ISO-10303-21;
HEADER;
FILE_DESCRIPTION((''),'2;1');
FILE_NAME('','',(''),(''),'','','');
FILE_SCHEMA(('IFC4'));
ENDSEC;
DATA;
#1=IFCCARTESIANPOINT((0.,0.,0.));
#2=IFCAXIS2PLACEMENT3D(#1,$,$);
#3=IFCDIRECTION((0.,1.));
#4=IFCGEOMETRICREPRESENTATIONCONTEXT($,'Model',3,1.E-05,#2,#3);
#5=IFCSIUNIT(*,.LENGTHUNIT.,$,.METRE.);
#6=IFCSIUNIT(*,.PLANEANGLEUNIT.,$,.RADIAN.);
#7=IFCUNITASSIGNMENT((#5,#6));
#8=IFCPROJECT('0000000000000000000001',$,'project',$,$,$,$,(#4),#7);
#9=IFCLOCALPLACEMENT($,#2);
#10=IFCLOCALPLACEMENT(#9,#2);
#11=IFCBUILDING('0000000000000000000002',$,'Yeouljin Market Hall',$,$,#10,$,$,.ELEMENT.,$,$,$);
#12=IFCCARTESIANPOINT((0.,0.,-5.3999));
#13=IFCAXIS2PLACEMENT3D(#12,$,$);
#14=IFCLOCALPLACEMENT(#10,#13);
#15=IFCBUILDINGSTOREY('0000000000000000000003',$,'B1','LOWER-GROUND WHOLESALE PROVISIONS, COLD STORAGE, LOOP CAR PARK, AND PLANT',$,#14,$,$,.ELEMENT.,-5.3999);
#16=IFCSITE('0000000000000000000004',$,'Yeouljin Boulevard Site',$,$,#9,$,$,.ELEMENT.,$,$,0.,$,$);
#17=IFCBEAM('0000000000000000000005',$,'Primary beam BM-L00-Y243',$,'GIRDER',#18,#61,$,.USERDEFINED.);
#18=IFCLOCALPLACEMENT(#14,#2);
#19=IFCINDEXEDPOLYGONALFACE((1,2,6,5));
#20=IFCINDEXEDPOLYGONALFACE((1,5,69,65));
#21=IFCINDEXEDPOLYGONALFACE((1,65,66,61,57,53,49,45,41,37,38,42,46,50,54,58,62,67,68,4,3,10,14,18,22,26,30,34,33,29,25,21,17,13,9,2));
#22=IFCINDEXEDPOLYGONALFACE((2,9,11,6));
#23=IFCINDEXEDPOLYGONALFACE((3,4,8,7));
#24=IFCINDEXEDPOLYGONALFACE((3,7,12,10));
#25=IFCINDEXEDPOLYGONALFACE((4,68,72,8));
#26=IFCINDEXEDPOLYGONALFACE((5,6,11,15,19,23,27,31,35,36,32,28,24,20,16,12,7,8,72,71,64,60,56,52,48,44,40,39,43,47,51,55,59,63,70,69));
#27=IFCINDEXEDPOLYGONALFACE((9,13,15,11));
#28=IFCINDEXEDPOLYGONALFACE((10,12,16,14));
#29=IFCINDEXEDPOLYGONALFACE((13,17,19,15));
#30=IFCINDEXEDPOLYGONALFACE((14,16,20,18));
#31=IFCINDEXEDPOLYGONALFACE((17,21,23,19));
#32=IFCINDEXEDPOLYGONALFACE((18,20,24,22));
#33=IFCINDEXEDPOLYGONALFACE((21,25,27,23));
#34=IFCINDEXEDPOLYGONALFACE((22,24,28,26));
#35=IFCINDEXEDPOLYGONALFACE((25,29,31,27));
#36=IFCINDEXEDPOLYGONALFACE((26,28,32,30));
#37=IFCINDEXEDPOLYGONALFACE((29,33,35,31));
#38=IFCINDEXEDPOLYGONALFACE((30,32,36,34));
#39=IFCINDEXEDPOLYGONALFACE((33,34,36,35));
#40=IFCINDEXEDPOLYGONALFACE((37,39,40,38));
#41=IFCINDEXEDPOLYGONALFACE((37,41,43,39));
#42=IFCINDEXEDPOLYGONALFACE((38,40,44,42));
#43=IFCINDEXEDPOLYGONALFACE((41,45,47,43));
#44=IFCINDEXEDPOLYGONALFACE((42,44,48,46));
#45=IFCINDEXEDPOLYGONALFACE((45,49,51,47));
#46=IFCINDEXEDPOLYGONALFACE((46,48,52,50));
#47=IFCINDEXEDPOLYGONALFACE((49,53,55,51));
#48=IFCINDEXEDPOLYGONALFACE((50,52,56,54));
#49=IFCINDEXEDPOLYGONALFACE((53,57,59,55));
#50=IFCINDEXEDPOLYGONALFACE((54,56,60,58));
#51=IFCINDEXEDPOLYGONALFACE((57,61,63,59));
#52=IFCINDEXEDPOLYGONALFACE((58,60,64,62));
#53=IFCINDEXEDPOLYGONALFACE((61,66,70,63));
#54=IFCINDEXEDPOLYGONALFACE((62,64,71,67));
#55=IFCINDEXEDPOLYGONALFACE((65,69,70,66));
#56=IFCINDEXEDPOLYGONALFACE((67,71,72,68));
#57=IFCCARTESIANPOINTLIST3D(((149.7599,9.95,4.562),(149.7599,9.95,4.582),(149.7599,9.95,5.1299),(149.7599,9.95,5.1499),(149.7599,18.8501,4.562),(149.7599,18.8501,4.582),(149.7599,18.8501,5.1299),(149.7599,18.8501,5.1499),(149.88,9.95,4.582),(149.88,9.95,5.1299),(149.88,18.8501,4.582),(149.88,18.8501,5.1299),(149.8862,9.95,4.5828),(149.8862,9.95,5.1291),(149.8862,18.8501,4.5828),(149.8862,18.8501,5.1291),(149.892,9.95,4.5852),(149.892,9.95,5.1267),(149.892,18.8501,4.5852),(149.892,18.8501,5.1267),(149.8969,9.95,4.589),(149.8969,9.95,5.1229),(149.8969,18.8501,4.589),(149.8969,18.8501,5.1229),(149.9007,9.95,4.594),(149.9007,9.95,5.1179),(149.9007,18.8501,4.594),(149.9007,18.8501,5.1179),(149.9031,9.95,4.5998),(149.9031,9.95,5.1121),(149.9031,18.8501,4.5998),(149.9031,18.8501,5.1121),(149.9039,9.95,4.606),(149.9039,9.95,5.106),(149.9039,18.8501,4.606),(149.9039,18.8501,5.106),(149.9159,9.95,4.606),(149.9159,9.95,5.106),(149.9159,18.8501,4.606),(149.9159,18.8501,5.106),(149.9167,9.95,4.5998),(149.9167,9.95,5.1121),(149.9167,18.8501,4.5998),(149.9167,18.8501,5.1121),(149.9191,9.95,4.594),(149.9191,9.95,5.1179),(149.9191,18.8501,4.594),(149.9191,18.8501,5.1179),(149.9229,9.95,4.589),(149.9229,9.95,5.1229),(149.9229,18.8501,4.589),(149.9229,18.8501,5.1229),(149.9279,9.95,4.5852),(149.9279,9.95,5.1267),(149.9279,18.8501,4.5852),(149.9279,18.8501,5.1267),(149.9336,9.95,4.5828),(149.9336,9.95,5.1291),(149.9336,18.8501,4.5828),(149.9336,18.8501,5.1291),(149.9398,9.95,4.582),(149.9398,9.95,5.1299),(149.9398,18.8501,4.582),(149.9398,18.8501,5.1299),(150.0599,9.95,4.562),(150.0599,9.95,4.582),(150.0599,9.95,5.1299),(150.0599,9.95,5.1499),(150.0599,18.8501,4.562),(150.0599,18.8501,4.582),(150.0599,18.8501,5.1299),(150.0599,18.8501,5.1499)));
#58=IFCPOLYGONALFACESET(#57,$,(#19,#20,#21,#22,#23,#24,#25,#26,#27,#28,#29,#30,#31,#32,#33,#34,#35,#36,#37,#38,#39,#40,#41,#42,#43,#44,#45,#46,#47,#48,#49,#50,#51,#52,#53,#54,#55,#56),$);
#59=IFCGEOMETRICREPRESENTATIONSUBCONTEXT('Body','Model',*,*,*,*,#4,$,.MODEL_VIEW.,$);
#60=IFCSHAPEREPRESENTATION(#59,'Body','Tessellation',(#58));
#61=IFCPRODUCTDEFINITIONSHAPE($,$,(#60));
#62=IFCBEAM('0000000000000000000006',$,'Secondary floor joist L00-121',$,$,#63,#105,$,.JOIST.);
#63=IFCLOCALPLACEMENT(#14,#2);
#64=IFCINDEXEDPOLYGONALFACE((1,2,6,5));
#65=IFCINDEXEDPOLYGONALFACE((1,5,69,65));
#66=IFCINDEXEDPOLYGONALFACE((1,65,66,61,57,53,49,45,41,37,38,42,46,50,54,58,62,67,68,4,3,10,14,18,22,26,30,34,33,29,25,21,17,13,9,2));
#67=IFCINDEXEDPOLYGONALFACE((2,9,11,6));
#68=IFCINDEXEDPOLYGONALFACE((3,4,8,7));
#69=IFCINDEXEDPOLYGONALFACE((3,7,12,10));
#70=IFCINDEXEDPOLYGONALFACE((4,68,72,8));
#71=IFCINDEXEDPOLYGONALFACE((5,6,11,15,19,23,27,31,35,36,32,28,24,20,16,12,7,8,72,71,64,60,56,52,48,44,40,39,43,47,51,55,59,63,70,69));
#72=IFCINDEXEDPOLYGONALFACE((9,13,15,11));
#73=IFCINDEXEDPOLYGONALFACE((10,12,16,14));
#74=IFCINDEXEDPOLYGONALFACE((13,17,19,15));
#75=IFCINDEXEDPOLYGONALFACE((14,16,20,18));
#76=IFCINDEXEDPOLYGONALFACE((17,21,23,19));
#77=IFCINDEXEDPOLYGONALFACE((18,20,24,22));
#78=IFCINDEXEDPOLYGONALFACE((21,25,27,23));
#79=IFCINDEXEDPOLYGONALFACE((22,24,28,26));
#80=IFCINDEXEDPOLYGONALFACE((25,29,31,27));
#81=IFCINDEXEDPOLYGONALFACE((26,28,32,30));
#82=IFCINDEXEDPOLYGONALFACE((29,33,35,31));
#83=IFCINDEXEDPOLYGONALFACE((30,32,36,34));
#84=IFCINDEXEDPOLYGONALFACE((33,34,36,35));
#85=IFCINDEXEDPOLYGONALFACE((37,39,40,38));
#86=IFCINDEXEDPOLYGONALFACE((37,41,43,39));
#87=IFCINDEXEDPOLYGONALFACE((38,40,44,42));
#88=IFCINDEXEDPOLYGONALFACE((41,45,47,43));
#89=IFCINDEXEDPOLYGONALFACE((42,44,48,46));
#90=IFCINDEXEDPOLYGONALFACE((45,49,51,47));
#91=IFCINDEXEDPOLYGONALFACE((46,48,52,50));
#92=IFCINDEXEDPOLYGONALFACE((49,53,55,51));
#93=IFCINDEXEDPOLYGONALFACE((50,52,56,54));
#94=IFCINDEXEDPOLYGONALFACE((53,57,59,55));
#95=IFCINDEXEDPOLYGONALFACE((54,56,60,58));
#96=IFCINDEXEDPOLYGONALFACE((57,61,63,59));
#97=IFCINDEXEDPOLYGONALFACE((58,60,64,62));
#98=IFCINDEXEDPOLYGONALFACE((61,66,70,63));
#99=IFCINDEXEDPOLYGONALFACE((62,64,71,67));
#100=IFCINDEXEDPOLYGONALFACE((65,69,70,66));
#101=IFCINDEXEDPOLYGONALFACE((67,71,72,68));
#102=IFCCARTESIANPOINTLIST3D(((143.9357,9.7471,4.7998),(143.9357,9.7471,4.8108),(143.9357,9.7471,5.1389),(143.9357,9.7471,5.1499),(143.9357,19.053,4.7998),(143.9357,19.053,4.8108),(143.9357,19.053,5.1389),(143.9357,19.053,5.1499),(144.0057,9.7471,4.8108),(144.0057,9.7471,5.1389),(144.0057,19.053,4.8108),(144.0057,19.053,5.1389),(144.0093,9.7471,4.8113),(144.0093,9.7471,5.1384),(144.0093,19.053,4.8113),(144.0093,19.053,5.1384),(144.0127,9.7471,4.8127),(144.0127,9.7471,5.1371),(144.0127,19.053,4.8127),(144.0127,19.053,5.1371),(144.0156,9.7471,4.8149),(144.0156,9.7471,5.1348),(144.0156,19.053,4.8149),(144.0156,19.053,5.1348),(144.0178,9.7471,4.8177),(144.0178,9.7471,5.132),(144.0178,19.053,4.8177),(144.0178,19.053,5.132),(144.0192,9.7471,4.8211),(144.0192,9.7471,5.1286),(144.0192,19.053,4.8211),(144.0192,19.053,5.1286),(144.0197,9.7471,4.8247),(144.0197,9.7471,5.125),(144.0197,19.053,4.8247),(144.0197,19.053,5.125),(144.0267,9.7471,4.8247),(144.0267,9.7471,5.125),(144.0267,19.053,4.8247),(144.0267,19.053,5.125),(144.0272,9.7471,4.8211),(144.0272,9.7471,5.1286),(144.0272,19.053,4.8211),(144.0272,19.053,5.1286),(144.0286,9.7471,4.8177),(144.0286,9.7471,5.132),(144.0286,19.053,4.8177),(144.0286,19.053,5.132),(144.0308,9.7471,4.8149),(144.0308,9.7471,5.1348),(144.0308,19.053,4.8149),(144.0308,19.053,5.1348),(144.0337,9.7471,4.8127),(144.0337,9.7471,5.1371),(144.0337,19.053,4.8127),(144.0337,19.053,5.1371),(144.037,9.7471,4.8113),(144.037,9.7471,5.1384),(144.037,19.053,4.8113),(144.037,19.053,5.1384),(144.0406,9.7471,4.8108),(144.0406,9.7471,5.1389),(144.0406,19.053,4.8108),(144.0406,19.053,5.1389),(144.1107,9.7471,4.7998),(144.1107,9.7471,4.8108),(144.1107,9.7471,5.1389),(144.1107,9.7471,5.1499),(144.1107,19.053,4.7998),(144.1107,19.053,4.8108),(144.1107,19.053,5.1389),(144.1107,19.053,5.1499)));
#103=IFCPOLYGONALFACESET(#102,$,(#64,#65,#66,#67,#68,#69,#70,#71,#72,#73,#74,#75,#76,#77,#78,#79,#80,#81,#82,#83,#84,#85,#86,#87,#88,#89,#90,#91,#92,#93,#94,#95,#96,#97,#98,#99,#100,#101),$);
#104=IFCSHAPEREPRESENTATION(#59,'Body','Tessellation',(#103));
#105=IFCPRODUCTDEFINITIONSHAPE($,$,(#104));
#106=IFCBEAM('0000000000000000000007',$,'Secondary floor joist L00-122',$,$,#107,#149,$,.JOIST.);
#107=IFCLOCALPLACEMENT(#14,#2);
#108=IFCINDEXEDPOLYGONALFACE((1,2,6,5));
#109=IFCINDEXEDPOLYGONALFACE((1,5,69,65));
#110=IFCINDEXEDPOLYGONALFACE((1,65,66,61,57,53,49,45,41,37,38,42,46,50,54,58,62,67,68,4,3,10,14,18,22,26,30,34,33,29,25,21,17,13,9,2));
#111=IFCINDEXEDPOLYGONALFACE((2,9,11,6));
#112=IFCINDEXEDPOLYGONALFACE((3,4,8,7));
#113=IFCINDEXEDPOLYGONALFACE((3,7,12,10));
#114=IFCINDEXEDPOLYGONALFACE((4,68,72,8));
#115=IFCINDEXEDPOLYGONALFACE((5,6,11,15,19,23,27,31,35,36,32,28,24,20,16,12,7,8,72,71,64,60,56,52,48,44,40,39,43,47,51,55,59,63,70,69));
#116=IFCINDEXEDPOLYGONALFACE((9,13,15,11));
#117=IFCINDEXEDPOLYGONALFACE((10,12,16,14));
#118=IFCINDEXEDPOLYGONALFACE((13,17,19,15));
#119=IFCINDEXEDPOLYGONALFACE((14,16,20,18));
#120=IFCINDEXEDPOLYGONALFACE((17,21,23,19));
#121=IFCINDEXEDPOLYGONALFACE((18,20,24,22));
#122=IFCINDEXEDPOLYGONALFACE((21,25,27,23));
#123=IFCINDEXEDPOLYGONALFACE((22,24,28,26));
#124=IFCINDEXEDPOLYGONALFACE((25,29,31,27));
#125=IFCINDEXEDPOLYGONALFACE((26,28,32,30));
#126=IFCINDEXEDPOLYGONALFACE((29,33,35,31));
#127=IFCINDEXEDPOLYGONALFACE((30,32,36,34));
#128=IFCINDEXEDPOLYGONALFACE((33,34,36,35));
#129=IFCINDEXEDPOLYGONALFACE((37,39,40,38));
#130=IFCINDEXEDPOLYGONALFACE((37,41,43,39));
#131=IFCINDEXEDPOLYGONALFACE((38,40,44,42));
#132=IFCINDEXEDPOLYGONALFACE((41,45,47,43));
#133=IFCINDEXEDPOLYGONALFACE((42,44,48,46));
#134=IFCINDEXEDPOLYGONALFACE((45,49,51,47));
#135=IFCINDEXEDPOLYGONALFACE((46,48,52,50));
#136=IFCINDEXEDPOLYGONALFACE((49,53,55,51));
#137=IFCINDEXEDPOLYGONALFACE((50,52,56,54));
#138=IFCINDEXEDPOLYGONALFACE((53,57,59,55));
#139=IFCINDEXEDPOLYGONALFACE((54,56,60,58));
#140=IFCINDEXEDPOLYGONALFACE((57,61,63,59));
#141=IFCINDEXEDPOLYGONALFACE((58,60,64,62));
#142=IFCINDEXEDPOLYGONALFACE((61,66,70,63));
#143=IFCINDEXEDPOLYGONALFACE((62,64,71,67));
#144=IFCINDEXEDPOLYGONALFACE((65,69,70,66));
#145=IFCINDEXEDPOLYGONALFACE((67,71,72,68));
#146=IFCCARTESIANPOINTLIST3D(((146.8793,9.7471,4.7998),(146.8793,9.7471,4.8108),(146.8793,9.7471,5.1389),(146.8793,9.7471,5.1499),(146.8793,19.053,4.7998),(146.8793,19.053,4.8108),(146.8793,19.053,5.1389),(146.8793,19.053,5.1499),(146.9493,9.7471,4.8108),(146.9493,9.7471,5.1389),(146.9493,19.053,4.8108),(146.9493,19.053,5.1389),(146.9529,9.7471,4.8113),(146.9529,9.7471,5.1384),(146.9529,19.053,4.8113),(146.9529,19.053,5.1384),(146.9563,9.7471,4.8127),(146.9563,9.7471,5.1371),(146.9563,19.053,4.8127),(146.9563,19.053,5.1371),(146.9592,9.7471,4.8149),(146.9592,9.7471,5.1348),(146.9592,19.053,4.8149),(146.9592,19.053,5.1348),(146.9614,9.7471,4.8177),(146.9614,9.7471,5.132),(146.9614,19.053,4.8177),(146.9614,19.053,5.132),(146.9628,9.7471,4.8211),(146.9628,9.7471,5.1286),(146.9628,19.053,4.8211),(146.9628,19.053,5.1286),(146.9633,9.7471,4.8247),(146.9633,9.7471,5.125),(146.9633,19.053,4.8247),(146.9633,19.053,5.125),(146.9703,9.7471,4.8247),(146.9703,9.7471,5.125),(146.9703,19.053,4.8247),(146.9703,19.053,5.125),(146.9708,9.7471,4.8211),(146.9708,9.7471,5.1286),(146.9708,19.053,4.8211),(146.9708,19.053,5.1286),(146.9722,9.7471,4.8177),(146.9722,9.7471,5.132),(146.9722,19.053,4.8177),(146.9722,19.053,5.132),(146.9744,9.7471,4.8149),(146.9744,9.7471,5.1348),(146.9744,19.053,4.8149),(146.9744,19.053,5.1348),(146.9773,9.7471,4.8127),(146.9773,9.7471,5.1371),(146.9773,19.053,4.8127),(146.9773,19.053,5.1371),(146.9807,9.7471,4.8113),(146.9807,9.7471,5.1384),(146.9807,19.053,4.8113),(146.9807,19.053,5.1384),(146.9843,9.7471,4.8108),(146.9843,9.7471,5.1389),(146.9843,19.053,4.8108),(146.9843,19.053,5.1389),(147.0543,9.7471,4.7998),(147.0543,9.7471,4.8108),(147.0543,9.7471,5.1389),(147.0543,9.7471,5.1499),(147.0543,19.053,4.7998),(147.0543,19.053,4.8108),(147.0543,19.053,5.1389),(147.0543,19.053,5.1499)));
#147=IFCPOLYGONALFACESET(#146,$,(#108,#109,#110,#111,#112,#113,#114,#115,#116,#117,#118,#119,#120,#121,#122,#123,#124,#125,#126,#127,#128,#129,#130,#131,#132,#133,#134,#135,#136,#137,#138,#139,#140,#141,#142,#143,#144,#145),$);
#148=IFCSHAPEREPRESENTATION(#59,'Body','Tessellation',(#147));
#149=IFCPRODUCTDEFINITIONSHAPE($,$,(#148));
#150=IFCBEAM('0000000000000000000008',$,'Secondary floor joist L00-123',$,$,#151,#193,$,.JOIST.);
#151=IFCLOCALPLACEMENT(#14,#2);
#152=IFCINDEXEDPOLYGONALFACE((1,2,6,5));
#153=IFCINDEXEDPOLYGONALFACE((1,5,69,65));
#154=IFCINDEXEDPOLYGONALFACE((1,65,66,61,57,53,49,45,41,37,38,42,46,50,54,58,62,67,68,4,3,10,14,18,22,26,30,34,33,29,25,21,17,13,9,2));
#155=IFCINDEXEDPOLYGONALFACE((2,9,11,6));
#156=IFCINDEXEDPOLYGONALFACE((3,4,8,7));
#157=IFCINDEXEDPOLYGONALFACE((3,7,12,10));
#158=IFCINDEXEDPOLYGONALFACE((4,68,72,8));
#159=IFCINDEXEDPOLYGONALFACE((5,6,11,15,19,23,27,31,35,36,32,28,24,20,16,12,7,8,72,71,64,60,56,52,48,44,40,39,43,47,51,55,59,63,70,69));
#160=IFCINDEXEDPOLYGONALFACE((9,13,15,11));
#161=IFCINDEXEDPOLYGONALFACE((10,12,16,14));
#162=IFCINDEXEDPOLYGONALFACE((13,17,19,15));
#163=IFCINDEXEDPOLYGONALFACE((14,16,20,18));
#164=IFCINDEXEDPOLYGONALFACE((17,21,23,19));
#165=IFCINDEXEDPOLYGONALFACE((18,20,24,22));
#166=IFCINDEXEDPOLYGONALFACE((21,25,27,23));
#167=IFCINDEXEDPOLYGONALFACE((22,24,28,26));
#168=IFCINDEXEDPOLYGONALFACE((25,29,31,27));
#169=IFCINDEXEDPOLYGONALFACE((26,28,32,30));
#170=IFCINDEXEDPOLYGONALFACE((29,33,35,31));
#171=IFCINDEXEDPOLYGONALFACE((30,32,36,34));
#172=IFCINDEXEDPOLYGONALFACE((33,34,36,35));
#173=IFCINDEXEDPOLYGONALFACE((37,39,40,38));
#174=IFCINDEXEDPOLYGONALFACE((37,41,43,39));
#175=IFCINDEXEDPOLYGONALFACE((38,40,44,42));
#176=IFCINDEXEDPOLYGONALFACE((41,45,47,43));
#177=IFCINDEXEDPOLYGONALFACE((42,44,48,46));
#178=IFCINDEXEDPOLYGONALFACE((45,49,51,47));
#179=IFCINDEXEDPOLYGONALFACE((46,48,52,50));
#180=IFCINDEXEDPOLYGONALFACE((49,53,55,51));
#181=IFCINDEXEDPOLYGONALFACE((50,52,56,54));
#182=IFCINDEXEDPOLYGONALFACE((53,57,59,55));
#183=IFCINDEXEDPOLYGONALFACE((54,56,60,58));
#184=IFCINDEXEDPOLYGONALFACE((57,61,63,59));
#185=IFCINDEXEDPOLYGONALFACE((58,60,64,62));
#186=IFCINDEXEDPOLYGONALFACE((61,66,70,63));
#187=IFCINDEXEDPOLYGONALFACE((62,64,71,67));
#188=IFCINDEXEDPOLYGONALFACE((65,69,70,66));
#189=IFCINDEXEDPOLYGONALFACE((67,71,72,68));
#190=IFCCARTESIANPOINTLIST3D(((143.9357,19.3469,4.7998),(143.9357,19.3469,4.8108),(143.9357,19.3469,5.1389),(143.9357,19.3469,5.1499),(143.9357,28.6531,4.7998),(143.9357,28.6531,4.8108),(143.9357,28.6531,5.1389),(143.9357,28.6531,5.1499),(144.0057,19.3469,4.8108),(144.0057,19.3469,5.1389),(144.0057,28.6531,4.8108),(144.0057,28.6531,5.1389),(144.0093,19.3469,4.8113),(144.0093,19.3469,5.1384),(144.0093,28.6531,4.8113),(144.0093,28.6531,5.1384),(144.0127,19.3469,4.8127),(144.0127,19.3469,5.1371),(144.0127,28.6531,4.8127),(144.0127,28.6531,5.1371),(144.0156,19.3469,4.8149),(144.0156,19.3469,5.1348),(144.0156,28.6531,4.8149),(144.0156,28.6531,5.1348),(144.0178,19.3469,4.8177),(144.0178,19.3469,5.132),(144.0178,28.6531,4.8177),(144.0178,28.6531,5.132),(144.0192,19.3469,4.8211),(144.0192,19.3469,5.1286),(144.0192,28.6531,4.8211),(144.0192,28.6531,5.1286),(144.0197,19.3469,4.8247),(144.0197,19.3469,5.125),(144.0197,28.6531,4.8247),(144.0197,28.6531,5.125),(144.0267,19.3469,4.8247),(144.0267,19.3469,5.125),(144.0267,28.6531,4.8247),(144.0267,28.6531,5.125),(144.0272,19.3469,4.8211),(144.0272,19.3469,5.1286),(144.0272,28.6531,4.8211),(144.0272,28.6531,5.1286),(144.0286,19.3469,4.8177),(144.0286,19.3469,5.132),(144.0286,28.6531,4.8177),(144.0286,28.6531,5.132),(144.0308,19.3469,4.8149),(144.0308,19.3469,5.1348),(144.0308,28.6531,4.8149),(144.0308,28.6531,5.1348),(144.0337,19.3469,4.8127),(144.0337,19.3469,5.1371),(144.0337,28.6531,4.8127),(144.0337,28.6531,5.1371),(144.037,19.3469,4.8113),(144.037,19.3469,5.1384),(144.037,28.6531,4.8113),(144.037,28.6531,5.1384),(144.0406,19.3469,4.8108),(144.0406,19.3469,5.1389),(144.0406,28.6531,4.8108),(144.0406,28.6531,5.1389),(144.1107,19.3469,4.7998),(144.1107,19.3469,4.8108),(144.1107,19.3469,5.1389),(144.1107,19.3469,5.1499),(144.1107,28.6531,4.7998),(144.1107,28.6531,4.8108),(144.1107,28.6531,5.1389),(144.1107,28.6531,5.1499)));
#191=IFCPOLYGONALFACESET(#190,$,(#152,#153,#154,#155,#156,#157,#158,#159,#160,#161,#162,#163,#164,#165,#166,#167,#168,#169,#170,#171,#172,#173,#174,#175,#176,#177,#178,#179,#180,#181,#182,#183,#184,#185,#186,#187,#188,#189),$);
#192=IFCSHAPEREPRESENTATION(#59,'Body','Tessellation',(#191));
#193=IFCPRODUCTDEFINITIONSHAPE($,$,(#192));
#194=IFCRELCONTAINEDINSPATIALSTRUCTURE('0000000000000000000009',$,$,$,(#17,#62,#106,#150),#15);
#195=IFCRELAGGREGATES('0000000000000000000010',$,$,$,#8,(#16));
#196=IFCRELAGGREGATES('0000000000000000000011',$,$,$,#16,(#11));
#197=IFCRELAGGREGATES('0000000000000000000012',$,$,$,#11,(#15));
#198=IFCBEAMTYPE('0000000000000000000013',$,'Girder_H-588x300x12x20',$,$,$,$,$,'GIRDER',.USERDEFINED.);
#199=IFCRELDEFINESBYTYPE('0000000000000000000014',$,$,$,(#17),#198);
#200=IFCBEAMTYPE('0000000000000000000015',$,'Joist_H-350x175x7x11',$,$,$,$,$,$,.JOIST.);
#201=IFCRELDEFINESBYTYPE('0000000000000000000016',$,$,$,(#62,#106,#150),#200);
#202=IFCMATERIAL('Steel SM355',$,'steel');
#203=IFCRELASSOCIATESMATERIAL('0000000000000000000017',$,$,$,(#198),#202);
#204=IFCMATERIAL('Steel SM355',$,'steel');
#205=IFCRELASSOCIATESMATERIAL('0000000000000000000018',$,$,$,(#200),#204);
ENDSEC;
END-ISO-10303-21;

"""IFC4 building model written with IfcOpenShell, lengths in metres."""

from ifc_helpers import new_model, si_unit, direction, frame, origin, origin_2d, place, context, subcontext, project, spatial, i_section, extrude, material, material_profile, profile_set, type_object, element, save


model = new_model("IFC4")

# Units and contexts
model_context = context("Model", 3, precision=1e-05, world=origin(), true_north=direction((0.0, 1.0)))
body_context = subcontext(model_context, "Body", "Model", "MODEL_VIEW")
ifc_project = project(units=[si_unit("LENGTHUNIT", "METRE"), si_unit("PLANEANGLEUNIT", "RADIAN")], contexts=[model_context])

# Site, building, storey
site_placement = place(None, origin())
site = spatial("IfcSite", under=ifc_project, at=site_placement, Name="Yeouljin Boulevard Site", CompositionType="ELEMENT", RefElevation=0.0)
building_placement = place(site_placement, origin())
building = spatial("IfcBuilding", under=site, at=building_placement, Name="Yeouljin Market Hall", CompositionType="ELEMENT")
storey_placement = place(building_placement, frame((0.0, 0.0, -5.3999)))
storey = spatial("IfcBuildingStorey", under=building, at=storey_placement, Name="B1", Description="LOWER-GROUND WHOLESALE PROVISIONS, COLD STORAGE, LOOP CAR PARK, AND PLANT", CompositionType="ELEMENT", Elevation=-5.3999)

# Beams
ifc_material_1 = material(Name="Steel SM355", Category="steel")
ifc_material_profile_1 = material_profile(ifc_material_1, i_section(OverallWidth=0.3, OverallDepth=0.5879, WebThickness=0.012, FlangeThickness=0.02, FilletRadius=0.0239, at=origin_2d()), Name="H-588x300x12x20")
ifc_profile_set_1 = profile_set([ifc_material_profile_1], Name="Steel SM355")
beam_type_1 = type_object("IfcBeamType", Name="Girder_H-588x300x12x20", ElementType="GIRDER", PredefinedType="USERDEFINED", material=ifc_profile_set_1)
beam_1_placement = place(storey_placement, frame((149.9099, 9.95, 4.856), z_axis=(0.0, 1.0, 0.0), x_axis=(-1.0, 0.0, 0.0)))
element("IfcBeam", 1, at=beam_1_placement, inside=storey, type_object=beam_type_1, Name="Primary beam BM-L00-Y243", ObjectType="GIRDER", PredefinedType="USERDEFINED", context=body_context, shape_type="SweptSolid", body=[
    extrude(i_section(OverallWidth=0.3, OverallDepth=0.5879, WebThickness=0.012, FlangeThickness=0.02, FilletRadius=0.0239, at=origin_2d()), origin(), (0.0, 0.0, 1.0), 8.9001),
])
ifc_material_2 = material(Name="Steel SM355", Category="steel")
ifc_material_profile_2 = material_profile(ifc_material_2, i_section(OverallWidth=0.175, OverallDepth=0.3501, WebThickness=0.0071, FlangeThickness=0.011, FilletRadius=0.0139, at=origin_2d()), Name="H-350x175x7x11")
ifc_profile_set_2 = profile_set([ifc_material_profile_2], Name="Steel SM355")
beam_type_2 = type_object("IfcBeamType", Name="Joist_H-350x175x7x11", PredefinedType="JOIST", material=ifc_profile_set_2)
for number, where, z_axis, x_axis, name in (
    (2, (144.0232, 9.7471, 4.9749), (0.0, 1.0, 0.0), (-1.0, 0.0, 0.0), "Secondary floor joist L00-121"),
    (3, (146.9668, 9.7471, 4.9749), (0.0, 1.0, 0.0), (-1.0, 0.0, 0.0), "Secondary floor joist L00-122"),
):
    element("IfcBeam", number, at=place(storey_placement, frame(where, z_axis=z_axis, x_axis=x_axis)), inside=storey, type_object=beam_type_2, Name=name, PredefinedType="JOIST", context=body_context, shape_type="SweptSolid", body=[
        extrude(i_section(OverallWidth=0.175, OverallDepth=0.3501, WebThickness=0.0071, FlangeThickness=0.011, FilletRadius=0.0139, at=origin_2d()), origin(), (0.0, 0.0, 1.0), 9.3059),
    ])
for number, where, z_axis, x_axis, name in (
    (4, (144.0232, 19.3469, 4.9749), (0.0, 1.0, 0.0), (-1.0, 0.0, 0.0), "Secondary floor joist L00-123"),
):
    element("IfcBeam", number, at=place(storey_placement, frame(where, z_axis=z_axis, x_axis=x_axis)), inside=storey, type_object=beam_type_2, Name=name, PredefinedType="JOIST", context=body_context, shape_type="SweptSolid", body=[
        extrude(i_section(OverallWidth=0.175, OverallDepth=0.3501, WebThickness=0.0071, FlangeThickness=0.011, FilletRadius=0.0139, at=origin_2d()), origin(), (0.0, 0.0, 1.0), 9.3062),
    ])

save(model, "model.ifc")
